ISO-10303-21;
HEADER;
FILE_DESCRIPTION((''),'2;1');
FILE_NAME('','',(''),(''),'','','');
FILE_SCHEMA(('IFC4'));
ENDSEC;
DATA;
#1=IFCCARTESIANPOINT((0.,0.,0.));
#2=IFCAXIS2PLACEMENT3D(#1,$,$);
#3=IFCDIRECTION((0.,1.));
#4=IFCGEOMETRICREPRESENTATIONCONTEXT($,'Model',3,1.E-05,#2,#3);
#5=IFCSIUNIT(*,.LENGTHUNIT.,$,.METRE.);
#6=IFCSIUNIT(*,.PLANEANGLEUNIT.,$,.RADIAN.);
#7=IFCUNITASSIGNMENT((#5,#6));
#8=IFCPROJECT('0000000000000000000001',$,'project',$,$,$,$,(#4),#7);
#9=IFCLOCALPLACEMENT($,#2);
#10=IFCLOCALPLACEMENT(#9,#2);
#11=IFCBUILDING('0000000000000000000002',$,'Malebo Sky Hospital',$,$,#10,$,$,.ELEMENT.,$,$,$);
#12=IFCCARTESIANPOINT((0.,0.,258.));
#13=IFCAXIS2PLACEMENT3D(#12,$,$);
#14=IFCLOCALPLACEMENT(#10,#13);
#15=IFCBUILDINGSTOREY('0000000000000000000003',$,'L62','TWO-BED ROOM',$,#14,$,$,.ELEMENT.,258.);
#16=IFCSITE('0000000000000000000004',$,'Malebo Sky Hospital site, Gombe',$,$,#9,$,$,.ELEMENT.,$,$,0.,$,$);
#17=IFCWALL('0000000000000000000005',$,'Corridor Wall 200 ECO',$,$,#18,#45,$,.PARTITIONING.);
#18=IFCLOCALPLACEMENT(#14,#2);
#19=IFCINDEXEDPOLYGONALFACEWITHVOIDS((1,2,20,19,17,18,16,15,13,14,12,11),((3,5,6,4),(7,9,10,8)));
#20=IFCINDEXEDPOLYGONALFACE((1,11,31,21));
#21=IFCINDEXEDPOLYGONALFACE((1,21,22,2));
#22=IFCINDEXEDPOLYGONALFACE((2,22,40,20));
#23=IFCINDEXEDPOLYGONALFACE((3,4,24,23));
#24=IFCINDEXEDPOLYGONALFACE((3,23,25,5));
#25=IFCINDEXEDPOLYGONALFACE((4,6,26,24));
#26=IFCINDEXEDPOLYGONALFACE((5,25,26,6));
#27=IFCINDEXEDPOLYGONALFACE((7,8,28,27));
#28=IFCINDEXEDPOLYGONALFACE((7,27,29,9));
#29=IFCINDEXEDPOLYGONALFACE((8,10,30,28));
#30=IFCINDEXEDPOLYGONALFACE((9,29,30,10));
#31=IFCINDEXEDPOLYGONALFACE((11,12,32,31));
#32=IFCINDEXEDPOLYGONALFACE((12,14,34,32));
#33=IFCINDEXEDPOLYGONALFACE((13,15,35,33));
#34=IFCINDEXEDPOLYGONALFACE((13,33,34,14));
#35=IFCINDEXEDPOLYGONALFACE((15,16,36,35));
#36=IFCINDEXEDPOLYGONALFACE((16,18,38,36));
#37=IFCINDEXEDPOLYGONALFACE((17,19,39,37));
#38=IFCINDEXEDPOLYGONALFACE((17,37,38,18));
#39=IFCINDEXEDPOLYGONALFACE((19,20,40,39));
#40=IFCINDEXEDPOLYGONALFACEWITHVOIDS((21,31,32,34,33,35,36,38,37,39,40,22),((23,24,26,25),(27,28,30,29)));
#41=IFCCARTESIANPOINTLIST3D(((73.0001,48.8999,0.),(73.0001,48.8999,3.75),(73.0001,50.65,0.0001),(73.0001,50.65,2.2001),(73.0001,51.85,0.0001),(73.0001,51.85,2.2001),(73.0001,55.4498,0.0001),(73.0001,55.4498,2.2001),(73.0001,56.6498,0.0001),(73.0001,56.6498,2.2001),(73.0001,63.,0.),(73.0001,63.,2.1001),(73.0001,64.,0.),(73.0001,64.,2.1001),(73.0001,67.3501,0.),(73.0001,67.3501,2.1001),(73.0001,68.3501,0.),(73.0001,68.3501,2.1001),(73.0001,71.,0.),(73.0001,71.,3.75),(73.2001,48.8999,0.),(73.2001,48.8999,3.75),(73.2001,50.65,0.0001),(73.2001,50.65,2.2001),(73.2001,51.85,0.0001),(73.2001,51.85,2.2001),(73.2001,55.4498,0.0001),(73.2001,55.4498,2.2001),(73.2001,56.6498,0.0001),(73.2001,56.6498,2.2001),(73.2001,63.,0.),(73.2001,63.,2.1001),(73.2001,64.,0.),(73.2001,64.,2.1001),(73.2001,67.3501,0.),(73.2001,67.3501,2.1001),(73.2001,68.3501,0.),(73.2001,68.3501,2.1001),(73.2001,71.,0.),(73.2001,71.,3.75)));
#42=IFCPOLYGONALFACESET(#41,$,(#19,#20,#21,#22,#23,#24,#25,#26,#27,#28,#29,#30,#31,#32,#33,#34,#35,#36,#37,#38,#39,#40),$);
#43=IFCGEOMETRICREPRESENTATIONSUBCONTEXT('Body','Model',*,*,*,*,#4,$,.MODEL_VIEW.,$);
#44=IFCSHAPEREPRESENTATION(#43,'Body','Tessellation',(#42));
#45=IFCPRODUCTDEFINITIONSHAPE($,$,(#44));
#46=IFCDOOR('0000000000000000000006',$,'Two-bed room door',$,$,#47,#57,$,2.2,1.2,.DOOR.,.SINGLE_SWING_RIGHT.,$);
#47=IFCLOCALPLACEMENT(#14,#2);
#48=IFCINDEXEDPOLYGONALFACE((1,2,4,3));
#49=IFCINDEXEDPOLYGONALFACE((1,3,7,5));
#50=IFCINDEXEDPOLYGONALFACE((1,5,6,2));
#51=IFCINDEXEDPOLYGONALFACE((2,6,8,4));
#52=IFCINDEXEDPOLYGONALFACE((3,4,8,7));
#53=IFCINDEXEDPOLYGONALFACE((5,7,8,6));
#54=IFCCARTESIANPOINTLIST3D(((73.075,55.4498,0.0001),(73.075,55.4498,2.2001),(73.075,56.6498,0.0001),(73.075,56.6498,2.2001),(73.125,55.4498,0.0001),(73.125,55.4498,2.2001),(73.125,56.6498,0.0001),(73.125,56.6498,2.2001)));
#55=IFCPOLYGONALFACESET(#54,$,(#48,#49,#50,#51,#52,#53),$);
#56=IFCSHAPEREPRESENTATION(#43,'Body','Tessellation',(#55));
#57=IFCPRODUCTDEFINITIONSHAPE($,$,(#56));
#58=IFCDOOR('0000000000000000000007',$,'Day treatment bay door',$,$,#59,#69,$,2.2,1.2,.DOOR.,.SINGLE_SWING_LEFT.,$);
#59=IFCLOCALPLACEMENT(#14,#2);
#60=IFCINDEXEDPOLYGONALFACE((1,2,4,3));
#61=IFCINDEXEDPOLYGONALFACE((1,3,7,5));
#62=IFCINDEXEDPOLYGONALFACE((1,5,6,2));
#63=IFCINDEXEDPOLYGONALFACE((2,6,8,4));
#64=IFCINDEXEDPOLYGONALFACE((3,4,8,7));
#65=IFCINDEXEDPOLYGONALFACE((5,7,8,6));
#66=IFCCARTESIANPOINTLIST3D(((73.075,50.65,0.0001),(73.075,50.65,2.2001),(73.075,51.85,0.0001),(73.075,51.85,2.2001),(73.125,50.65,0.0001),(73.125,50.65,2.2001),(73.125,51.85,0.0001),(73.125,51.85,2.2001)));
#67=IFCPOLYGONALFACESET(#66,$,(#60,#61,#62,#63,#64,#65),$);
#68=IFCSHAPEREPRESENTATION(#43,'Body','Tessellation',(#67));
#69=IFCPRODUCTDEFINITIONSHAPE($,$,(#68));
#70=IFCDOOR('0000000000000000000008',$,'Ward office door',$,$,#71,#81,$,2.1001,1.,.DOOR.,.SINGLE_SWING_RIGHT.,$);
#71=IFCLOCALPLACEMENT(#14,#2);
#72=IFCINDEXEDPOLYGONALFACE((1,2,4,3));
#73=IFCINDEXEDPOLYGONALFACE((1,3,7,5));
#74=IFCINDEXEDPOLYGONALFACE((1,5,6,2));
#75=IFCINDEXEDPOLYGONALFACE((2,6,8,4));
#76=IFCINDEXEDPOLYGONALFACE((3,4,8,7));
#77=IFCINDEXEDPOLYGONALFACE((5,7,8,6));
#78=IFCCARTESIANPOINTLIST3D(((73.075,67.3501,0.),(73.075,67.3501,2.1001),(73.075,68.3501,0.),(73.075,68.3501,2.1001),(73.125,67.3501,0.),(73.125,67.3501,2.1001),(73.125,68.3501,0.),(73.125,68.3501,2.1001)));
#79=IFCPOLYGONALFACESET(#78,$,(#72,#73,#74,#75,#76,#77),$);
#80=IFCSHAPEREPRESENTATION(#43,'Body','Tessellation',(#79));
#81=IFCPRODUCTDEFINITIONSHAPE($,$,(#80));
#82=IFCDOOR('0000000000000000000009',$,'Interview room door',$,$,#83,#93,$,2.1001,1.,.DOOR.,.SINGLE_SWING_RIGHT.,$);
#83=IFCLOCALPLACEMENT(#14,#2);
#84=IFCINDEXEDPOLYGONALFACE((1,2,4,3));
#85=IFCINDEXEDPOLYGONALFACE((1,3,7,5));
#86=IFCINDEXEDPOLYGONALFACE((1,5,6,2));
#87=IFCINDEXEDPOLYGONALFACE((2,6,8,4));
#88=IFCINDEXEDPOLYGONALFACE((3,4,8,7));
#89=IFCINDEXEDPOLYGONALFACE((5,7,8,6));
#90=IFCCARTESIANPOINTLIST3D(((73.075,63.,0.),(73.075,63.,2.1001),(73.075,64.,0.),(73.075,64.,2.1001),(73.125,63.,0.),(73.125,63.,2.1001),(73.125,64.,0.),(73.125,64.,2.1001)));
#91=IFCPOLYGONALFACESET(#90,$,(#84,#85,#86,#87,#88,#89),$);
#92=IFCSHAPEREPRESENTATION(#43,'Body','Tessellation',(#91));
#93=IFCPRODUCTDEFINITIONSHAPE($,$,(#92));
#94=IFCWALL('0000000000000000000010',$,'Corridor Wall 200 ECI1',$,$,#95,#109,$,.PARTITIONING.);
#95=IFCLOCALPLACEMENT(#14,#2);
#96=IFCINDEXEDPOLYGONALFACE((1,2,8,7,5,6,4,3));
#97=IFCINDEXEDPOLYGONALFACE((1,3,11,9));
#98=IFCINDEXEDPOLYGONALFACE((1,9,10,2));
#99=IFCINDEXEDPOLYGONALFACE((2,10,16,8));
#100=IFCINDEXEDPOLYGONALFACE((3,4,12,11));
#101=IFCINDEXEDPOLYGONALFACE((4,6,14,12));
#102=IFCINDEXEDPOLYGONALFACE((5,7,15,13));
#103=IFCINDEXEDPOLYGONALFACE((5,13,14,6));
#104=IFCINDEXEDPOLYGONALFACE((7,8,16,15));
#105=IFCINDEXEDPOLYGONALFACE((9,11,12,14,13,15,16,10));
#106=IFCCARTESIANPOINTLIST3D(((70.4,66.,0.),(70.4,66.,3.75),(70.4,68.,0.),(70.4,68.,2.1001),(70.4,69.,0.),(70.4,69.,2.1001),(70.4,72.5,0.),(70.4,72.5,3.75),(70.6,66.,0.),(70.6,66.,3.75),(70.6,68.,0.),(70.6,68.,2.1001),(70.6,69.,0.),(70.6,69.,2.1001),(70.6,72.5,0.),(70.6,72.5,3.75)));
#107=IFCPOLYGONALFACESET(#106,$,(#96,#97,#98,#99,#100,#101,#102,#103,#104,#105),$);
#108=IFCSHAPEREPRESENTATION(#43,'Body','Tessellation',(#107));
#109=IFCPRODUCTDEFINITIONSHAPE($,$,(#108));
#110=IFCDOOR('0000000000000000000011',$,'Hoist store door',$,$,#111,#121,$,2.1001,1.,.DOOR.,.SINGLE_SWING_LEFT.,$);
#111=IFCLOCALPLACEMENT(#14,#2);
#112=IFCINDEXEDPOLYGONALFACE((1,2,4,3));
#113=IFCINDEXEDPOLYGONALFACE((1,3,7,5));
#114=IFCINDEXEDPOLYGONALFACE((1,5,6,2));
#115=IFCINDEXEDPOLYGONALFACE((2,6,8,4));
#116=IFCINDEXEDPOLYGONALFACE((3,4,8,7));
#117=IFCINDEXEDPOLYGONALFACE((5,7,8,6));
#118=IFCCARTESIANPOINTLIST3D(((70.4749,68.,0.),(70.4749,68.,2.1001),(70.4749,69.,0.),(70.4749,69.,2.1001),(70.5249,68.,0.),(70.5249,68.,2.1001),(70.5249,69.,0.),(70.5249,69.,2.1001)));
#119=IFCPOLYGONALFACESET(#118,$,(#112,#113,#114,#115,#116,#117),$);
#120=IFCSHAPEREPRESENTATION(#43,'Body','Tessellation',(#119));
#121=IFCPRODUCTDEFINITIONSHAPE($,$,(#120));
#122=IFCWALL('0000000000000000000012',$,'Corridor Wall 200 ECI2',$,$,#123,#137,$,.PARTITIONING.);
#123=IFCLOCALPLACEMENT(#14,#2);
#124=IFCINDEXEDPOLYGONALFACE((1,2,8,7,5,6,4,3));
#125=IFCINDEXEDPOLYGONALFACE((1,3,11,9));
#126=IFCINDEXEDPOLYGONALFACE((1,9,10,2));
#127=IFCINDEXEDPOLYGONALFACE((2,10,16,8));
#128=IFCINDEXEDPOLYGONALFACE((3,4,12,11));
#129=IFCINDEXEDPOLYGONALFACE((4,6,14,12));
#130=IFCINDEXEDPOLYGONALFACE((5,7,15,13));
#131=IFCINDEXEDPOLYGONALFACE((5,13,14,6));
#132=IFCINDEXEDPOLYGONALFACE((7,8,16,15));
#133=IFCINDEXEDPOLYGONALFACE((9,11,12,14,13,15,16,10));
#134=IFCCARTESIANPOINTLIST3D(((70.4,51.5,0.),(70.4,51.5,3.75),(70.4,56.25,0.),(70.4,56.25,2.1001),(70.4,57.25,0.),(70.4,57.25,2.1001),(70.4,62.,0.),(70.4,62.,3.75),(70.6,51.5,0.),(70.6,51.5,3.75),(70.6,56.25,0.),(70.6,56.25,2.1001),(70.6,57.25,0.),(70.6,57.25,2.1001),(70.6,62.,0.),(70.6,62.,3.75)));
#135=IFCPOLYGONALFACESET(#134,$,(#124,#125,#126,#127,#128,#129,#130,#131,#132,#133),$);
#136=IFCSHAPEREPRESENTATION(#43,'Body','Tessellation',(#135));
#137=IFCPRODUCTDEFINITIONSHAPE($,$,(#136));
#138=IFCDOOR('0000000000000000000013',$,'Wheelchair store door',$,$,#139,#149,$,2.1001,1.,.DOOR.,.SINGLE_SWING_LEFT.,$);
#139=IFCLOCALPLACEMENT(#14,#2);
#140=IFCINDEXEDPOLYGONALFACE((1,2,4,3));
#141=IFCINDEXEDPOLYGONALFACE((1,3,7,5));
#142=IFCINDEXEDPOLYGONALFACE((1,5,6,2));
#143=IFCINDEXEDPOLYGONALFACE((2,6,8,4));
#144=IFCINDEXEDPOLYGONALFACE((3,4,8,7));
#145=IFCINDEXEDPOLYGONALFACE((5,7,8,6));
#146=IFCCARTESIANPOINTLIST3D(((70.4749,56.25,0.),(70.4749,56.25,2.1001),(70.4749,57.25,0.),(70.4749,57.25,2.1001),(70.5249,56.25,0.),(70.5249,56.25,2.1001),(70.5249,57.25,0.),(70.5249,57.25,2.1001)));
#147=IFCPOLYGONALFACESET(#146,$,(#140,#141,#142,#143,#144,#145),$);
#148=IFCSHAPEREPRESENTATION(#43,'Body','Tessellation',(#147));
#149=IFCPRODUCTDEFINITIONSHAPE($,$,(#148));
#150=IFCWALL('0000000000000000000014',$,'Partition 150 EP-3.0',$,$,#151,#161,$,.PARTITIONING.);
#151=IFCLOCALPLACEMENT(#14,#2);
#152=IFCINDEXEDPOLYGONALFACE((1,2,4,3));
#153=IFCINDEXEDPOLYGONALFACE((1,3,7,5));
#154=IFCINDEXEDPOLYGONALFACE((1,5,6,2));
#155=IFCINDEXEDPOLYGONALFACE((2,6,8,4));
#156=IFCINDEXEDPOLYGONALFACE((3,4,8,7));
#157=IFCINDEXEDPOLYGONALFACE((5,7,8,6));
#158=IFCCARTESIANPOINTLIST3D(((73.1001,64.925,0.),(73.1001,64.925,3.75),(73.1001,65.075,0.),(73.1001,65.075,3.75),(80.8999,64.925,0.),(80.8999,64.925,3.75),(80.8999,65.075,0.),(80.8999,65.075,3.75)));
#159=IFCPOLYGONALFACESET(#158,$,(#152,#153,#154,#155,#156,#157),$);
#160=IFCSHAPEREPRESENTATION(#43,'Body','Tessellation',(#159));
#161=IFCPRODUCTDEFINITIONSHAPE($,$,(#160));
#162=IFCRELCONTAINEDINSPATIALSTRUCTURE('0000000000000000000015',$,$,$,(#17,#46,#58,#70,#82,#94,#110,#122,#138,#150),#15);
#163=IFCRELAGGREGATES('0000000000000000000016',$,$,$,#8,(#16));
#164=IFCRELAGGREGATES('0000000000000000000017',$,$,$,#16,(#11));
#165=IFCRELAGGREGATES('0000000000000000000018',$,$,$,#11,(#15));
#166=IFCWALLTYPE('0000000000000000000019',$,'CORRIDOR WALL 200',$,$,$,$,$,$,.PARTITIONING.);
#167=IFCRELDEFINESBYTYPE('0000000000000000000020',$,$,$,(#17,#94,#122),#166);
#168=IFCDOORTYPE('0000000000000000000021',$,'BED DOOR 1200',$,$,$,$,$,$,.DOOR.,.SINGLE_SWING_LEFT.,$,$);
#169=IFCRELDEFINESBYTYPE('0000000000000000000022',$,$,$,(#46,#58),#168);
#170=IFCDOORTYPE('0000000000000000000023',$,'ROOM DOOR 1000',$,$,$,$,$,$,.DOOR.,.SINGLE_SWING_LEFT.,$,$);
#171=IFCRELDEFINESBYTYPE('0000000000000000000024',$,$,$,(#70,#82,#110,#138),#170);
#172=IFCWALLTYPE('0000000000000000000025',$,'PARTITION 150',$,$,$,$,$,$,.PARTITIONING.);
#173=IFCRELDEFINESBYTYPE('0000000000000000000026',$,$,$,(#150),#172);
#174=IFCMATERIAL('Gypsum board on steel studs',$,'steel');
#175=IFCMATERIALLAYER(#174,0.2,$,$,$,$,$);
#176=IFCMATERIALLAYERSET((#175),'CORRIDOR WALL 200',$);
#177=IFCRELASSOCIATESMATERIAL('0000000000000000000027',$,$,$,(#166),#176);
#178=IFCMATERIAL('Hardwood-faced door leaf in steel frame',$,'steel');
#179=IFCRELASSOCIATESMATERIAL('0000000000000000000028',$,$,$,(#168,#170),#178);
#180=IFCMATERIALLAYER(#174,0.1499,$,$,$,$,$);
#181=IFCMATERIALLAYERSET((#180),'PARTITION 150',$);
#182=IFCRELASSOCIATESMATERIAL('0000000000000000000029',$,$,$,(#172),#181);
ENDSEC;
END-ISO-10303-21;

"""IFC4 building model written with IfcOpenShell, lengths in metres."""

from ifc_helpers import new_model, si_unit, direction, frame, frame_2d, origin, place, context, subcontext, project, spatial, rectangle, extrude, material, layer, layer_set, type_object, element, fill, save


model = new_model("IFC4")

# Units and contexts
model_context = context("Model", 3, precision=1e-05, world=origin(), true_north=direction((0.0, 1.0)))
body_context = subcontext(model_context, "Body", "Model", "MODEL_VIEW")
ifc_project = project(units=[si_unit("LENGTHUNIT", "METRE"), si_unit("PLANEANGLEUNIT", "RADIAN")], contexts=[model_context])

# Site, building, storey
site_placement = place(None, origin())
site = spatial("IfcSite", under=ifc_project, at=site_placement, Name="Malebo Sky Hospital site, Gombe", CompositionType="ELEMENT", RefElevation=0.0)
building_placement = place(site_placement, origin())
building = spatial("IfcBuilding", under=site, at=building_placement, Name="Malebo Sky Hospital", CompositionType="ELEMENT")
storey_placement = place(building_placement, frame((0.0, 0.0, 258.0)))
storey = spatial("IfcBuildingStorey", under=building, at=storey_placement, Name="L62", Description="TWO-BED ROOM", CompositionType="ELEMENT", Elevation=258.0)

# Wall, openings, doors
ifc_material_1 = material(Name="Gypsum board on steel studs", Category="steel")
ifc_layer_1 = layer(ifc_material_1, 0.2)
ifc_layer_set_1 = layer_set([ifc_layer_1], Name="CORRIDOR WALL 200")
wall_type_1 = type_object("IfcWallType", Name="CORRIDOR WALL 200", PredefinedType="PARTITIONING", material=ifc_layer_set_1)
wall_1_placement = place(storey_placement, frame((73.1001, 71.0, 0.0), z_axis=(0.0, 0.0, 1.0), x_axis=(0.0, -1.0, 0.0)))
wall_1 = element("IfcWall", 1, at=wall_1_placement, inside=storey, type_object=wall_type_1, Name="Corridor Wall 200 ECO", PredefinedType="PARTITIONING", context=body_context, shape_type="SweptSolid", body=[
    extrude(rectangle(XDim=22.1001, YDim=0.2, at=frame_2d((11.05, 0.0))), origin(), (0.0, 0.0, 1.0), 3.75),
])
opening_1_placement = place(wall_1_placement, frame((2.6499, 0.0, 0.0)))
opening_1 = element("IfcOpeningElement", 2, at=opening_1_placement, cuts=wall_1, PredefinedType="OPENING", context=body_context, shape_type="SweptSolid", body=[
    extrude(rectangle(XDim=1.0, YDim=2.1001, at=frame_2d((0.5, 1.05))), frame((0.0, 0.1099, 0.0), z_axis=(0.0, -1.0, 0.0), x_axis=(1.0, 0.0, 0.0)), (0.0, 0.0, 1.0), 0.22),
])
opening_2_placement = place(wall_1_placement, frame((7.0, 0.0, 0.0)))
opening_2 = element("IfcOpeningElement", 3, at=opening_2_placement, cuts=wall_1, PredefinedType="OPENING", context=body_context, shape_type="SweptSolid", body=[
    extrude(rectangle(XDim=1.0, YDim=2.1001, at=frame_2d((0.5, 1.05))), frame((0.0, 0.1099, 0.0), z_axis=(0.0, -1.0, 0.0), x_axis=(1.0, 0.0, 0.0)), (0.0, 0.0, 1.0), 0.22),
])
opening_3_placement = place(wall_1_placement, frame((14.3501, 0.0, 0.0)))
opening_3 = element("IfcOpeningElement", 4, at=opening_3_placement, cuts=wall_1, PredefinedType="OPENING", context=body_context, shape_type="SweptSolid", body=[
    extrude(rectangle(XDim=1.2, YDim=2.2, at=frame_2d((0.6001, 1.1001))), frame((0.0, 0.1099, 0.0), z_axis=(0.0, -1.0, 0.0), x_axis=(1.0, 0.0, 0.0)), (0.0, 0.0, 1.0), 0.22),
])
opening_4_placement = place(wall_1_placement, frame((19.1499, 0.0, 0.0)))
opening_4 = element("IfcOpeningElement", 5, at=opening_4_placement, cuts=wall_1, PredefinedType="OPENING", context=body_context, shape_type="SweptSolid", body=[
    extrude(rectangle(XDim=1.2, YDim=2.2, at=frame_2d((0.6001, 1.1001))), frame((0.0, 0.1099, 0.0), z_axis=(0.0, -1.0, 0.0), x_axis=(1.0, 0.0, 0.0)), (0.0, 0.0, 1.0), 0.22),
])
ifc_material_2 = material(Name="Hardwood-faced door leaf in steel frame", Category="steel")
door_type_1 = type_object("IfcDoorType", Name="BED DOOR 1200", OperationType="SINGLE_SWING_LEFT", PredefinedType="DOOR", material=ifc_material_2)
door_1_placement = place(opening_3_placement, origin())
door_1 = element("IfcDoor", 6, at=door_1_placement, inside=storey, type_object=door_type_1, Name="Two-bed room door", OperationType="SINGLE_SWING_RIGHT", OverallHeight=2.2, OverallWidth=1.2, PredefinedType="DOOR", context=body_context, shape_type="SweptSolid", body=[
    extrude(rectangle(XDim=1.2, YDim=2.2, at=frame_2d((0.6001, 1.1001))), frame((0.0, 0.0249, 0.0), z_axis=(0.0, -1.0, 0.0), x_axis=(1.0, 0.0, 0.0)), (0.0, 0.0, 1.0), 0.05),
])
fill(opening_3, door_1)
door_2_placement = place(opening_4_placement, origin())
door_2 = element("IfcDoor", 7, at=door_2_placement, inside=storey, type_object=door_type_1, Name="Day treatment bay door", OperationType="SINGLE_SWING_LEFT", OverallHeight=2.2, OverallWidth=1.2, PredefinedType="DOOR", context=body_context, shape_type="SweptSolid", body=[
    extrude(rectangle(XDim=1.2, YDim=2.2, at=frame_2d((0.6001, 1.1001))), frame((0.0, 0.0249, 0.0), z_axis=(0.0, -1.0, 0.0), x_axis=(1.0, 0.0, 0.0)), (0.0, 0.0, 1.0), 0.05),
])
fill(opening_4, door_2)
door_type_2 = type_object("IfcDoorType", Name="ROOM DOOR 1000", OperationType="SINGLE_SWING_LEFT", PredefinedType="DOOR", material=ifc_material_2)
door_3_placement = place(opening_1_placement, origin())
door_3 = element("IfcDoor", 8, at=door_3_placement, inside=storey, type_object=door_type_2, Name="Ward office door", OperationType="SINGLE_SWING_RIGHT", OverallHeight=2.1001, OverallWidth=1.0, PredefinedType="DOOR", context=body_context, shape_type="SweptSolid", body=[
    extrude(rectangle(XDim=1.0, YDim=2.1001, at=frame_2d((0.5, 1.05))), frame((0.0, 0.0249, 0.0), z_axis=(0.0, -1.0, 0.0), x_axis=(1.0, 0.0, 0.0)), (0.0, 0.0, 1.0), 0.05),
])
fill(opening_1, door_3)
door_4_placement = place(opening_2_placement, origin())
door_4 = element("IfcDoor", 9, at=door_4_placement, inside=storey, type_object=door_type_2, Name="Interview room door", OperationType="SINGLE_SWING_RIGHT", OverallHeight=2.1001, OverallWidth=1.0, PredefinedType="DOOR", context=body_context, shape_type="SweptSolid", body=[
    extrude(rectangle(XDim=1.0, YDim=2.1001, at=frame_2d((0.5, 1.05))), frame((0.0, 0.0249, 0.0), z_axis=(0.0, -1.0, 0.0), x_axis=(1.0, 0.0, 0.0)), (0.0, 0.0, 1.0), 0.05),
])
fill(opening_2, door_4)

# Walls, openings, doors
wall_2_placement = place(storey_placement, frame((70.5, 72.5, 0.0), z_axis=(0.0, 0.0, 1.0), x_axis=(0.0, -1.0, 0.0)))
wall_2 = element("IfcWall", 10, at=wall_2_placement, inside=storey, type_object=wall_type_1, Name="Corridor Wall 200 ECI1", PredefinedType="PARTITIONING", context=body_context, shape_type="SweptSolid", body=[
    extrude(rectangle(XDim=6.5, YDim=0.2, at=frame_2d((3.25, 0.0))), origin(), (0.0, 0.0, 1.0), 3.75),
])
opening_5_placement = place(wall_2_placement, frame((3.5, 0.0, 0.0)))
opening_5 = element("IfcOpeningElement", 11, at=opening_5_placement, cuts=wall_2, PredefinedType="OPENING", context=body_context, shape_type="SweptSolid", body=[
    extrude(rectangle(XDim=1.0, YDim=2.1001, at=frame_2d((0.5, 1.05))), frame((0.0, 0.1099, 0.0), z_axis=(0.0, -1.0, 0.0), x_axis=(1.0, 0.0, 0.0)), (0.0, 0.0, 1.0), 0.22),
])
door_5_placement = place(opening_5_placement, origin())
door_5 = element("IfcDoor", 12, at=door_5_placement, inside=storey, type_object=door_type_2, Name="Hoist store door", OperationType="SINGLE_SWING_LEFT", OverallHeight=2.1001, OverallWidth=1.0, PredefinedType="DOOR", context=body_context, shape_type="SweptSolid", body=[
    extrude(rectangle(XDim=1.0, YDim=2.1001, at=frame_2d((0.5, 1.05))), frame((0.0, 0.0249, 0.0), z_axis=(0.0, -1.0, 0.0), x_axis=(1.0, 0.0, 0.0)), (0.0, 0.0, 1.0), 0.05),
])
fill(opening_5, door_5)
wall_3_placement = place(storey_placement, frame((70.5, 62.0, 0.0), z_axis=(0.0, 0.0, 1.0), x_axis=(0.0, -1.0, 0.0)))
wall_3 = element("IfcWall", 13, at=wall_3_placement, inside=storey, type_object=wall_type_1, Name="Corridor Wall 200 ECI2", PredefinedType="PARTITIONING", context=body_context, shape_type="SweptSolid", body=[
    extrude(rectangle(XDim=10.5, YDim=0.2, at=frame_2d((5.25, 0.0))), origin(), (0.0, 0.0, 1.0), 3.75),
])
opening_6_placement = place(wall_3_placement, frame((4.75, 0.0, 0.0)))
opening_6 = element("IfcOpeningElement", 14, at=opening_6_placement, cuts=wall_3, PredefinedType="OPENING", context=body_context, shape_type="SweptSolid", body=[
    extrude(rectangle(XDim=1.0, YDim=2.1001, at=frame_2d((0.5, 1.05))), frame((0.0, 0.1099, 0.0), z_axis=(0.0, -1.0, 0.0), x_axis=(1.0, 0.0, 0.0)), (0.0, 0.0, 1.0), 0.22),
])
door_6_placement = place(opening_6_placement, origin())
door_6 = element("IfcDoor", 15, at=door_6_placement, inside=storey, type_object=door_type_2, Name="Wheelchair store door", OperationType="SINGLE_SWING_LEFT", OverallHeight=2.1001, OverallWidth=1.0, PredefinedType="DOOR", context=body_context, shape_type="SweptSolid", body=[
    extrude(rectangle(XDim=1.0, YDim=2.1001, at=frame_2d((0.5, 1.05))), frame((0.0, 0.0249, 0.0), z_axis=(0.0, -1.0, 0.0), x_axis=(1.0, 0.0, 0.0)), (0.0, 0.0, 1.0), 0.05),
])
fill(opening_6, door_6)

# Wall
ifc_layer_2 = layer(ifc_material_1, 0.1499)
ifc_layer_set_2 = layer_set([ifc_layer_2], Name="PARTITION 150")
wall_type_2 = type_object("IfcWallType", Name="PARTITION 150", PredefinedType="PARTITIONING", material=ifc_layer_set_2)
wall_4_placement = place(storey_placement, frame((73.1001, 65.0, 0.0), z_axis=(0.0, 0.0, 1.0), x_axis=(1.0, 0.0, 0.0)))
element("IfcWall", 16, at=wall_4_placement, inside=storey, type_object=wall_type_2, Name="Partition 150 EP-3.0", PredefinedType="PARTITIONING", context=body_context, shape_type="SweptSolid", body=[
    extrude(rectangle(XDim=7.7998, YDim=0.1499, at=frame_2d((3.8999, 0.0))), origin(), (0.0, 0.0, 1.0), 3.75),
])

save(model, "model.ifc")
